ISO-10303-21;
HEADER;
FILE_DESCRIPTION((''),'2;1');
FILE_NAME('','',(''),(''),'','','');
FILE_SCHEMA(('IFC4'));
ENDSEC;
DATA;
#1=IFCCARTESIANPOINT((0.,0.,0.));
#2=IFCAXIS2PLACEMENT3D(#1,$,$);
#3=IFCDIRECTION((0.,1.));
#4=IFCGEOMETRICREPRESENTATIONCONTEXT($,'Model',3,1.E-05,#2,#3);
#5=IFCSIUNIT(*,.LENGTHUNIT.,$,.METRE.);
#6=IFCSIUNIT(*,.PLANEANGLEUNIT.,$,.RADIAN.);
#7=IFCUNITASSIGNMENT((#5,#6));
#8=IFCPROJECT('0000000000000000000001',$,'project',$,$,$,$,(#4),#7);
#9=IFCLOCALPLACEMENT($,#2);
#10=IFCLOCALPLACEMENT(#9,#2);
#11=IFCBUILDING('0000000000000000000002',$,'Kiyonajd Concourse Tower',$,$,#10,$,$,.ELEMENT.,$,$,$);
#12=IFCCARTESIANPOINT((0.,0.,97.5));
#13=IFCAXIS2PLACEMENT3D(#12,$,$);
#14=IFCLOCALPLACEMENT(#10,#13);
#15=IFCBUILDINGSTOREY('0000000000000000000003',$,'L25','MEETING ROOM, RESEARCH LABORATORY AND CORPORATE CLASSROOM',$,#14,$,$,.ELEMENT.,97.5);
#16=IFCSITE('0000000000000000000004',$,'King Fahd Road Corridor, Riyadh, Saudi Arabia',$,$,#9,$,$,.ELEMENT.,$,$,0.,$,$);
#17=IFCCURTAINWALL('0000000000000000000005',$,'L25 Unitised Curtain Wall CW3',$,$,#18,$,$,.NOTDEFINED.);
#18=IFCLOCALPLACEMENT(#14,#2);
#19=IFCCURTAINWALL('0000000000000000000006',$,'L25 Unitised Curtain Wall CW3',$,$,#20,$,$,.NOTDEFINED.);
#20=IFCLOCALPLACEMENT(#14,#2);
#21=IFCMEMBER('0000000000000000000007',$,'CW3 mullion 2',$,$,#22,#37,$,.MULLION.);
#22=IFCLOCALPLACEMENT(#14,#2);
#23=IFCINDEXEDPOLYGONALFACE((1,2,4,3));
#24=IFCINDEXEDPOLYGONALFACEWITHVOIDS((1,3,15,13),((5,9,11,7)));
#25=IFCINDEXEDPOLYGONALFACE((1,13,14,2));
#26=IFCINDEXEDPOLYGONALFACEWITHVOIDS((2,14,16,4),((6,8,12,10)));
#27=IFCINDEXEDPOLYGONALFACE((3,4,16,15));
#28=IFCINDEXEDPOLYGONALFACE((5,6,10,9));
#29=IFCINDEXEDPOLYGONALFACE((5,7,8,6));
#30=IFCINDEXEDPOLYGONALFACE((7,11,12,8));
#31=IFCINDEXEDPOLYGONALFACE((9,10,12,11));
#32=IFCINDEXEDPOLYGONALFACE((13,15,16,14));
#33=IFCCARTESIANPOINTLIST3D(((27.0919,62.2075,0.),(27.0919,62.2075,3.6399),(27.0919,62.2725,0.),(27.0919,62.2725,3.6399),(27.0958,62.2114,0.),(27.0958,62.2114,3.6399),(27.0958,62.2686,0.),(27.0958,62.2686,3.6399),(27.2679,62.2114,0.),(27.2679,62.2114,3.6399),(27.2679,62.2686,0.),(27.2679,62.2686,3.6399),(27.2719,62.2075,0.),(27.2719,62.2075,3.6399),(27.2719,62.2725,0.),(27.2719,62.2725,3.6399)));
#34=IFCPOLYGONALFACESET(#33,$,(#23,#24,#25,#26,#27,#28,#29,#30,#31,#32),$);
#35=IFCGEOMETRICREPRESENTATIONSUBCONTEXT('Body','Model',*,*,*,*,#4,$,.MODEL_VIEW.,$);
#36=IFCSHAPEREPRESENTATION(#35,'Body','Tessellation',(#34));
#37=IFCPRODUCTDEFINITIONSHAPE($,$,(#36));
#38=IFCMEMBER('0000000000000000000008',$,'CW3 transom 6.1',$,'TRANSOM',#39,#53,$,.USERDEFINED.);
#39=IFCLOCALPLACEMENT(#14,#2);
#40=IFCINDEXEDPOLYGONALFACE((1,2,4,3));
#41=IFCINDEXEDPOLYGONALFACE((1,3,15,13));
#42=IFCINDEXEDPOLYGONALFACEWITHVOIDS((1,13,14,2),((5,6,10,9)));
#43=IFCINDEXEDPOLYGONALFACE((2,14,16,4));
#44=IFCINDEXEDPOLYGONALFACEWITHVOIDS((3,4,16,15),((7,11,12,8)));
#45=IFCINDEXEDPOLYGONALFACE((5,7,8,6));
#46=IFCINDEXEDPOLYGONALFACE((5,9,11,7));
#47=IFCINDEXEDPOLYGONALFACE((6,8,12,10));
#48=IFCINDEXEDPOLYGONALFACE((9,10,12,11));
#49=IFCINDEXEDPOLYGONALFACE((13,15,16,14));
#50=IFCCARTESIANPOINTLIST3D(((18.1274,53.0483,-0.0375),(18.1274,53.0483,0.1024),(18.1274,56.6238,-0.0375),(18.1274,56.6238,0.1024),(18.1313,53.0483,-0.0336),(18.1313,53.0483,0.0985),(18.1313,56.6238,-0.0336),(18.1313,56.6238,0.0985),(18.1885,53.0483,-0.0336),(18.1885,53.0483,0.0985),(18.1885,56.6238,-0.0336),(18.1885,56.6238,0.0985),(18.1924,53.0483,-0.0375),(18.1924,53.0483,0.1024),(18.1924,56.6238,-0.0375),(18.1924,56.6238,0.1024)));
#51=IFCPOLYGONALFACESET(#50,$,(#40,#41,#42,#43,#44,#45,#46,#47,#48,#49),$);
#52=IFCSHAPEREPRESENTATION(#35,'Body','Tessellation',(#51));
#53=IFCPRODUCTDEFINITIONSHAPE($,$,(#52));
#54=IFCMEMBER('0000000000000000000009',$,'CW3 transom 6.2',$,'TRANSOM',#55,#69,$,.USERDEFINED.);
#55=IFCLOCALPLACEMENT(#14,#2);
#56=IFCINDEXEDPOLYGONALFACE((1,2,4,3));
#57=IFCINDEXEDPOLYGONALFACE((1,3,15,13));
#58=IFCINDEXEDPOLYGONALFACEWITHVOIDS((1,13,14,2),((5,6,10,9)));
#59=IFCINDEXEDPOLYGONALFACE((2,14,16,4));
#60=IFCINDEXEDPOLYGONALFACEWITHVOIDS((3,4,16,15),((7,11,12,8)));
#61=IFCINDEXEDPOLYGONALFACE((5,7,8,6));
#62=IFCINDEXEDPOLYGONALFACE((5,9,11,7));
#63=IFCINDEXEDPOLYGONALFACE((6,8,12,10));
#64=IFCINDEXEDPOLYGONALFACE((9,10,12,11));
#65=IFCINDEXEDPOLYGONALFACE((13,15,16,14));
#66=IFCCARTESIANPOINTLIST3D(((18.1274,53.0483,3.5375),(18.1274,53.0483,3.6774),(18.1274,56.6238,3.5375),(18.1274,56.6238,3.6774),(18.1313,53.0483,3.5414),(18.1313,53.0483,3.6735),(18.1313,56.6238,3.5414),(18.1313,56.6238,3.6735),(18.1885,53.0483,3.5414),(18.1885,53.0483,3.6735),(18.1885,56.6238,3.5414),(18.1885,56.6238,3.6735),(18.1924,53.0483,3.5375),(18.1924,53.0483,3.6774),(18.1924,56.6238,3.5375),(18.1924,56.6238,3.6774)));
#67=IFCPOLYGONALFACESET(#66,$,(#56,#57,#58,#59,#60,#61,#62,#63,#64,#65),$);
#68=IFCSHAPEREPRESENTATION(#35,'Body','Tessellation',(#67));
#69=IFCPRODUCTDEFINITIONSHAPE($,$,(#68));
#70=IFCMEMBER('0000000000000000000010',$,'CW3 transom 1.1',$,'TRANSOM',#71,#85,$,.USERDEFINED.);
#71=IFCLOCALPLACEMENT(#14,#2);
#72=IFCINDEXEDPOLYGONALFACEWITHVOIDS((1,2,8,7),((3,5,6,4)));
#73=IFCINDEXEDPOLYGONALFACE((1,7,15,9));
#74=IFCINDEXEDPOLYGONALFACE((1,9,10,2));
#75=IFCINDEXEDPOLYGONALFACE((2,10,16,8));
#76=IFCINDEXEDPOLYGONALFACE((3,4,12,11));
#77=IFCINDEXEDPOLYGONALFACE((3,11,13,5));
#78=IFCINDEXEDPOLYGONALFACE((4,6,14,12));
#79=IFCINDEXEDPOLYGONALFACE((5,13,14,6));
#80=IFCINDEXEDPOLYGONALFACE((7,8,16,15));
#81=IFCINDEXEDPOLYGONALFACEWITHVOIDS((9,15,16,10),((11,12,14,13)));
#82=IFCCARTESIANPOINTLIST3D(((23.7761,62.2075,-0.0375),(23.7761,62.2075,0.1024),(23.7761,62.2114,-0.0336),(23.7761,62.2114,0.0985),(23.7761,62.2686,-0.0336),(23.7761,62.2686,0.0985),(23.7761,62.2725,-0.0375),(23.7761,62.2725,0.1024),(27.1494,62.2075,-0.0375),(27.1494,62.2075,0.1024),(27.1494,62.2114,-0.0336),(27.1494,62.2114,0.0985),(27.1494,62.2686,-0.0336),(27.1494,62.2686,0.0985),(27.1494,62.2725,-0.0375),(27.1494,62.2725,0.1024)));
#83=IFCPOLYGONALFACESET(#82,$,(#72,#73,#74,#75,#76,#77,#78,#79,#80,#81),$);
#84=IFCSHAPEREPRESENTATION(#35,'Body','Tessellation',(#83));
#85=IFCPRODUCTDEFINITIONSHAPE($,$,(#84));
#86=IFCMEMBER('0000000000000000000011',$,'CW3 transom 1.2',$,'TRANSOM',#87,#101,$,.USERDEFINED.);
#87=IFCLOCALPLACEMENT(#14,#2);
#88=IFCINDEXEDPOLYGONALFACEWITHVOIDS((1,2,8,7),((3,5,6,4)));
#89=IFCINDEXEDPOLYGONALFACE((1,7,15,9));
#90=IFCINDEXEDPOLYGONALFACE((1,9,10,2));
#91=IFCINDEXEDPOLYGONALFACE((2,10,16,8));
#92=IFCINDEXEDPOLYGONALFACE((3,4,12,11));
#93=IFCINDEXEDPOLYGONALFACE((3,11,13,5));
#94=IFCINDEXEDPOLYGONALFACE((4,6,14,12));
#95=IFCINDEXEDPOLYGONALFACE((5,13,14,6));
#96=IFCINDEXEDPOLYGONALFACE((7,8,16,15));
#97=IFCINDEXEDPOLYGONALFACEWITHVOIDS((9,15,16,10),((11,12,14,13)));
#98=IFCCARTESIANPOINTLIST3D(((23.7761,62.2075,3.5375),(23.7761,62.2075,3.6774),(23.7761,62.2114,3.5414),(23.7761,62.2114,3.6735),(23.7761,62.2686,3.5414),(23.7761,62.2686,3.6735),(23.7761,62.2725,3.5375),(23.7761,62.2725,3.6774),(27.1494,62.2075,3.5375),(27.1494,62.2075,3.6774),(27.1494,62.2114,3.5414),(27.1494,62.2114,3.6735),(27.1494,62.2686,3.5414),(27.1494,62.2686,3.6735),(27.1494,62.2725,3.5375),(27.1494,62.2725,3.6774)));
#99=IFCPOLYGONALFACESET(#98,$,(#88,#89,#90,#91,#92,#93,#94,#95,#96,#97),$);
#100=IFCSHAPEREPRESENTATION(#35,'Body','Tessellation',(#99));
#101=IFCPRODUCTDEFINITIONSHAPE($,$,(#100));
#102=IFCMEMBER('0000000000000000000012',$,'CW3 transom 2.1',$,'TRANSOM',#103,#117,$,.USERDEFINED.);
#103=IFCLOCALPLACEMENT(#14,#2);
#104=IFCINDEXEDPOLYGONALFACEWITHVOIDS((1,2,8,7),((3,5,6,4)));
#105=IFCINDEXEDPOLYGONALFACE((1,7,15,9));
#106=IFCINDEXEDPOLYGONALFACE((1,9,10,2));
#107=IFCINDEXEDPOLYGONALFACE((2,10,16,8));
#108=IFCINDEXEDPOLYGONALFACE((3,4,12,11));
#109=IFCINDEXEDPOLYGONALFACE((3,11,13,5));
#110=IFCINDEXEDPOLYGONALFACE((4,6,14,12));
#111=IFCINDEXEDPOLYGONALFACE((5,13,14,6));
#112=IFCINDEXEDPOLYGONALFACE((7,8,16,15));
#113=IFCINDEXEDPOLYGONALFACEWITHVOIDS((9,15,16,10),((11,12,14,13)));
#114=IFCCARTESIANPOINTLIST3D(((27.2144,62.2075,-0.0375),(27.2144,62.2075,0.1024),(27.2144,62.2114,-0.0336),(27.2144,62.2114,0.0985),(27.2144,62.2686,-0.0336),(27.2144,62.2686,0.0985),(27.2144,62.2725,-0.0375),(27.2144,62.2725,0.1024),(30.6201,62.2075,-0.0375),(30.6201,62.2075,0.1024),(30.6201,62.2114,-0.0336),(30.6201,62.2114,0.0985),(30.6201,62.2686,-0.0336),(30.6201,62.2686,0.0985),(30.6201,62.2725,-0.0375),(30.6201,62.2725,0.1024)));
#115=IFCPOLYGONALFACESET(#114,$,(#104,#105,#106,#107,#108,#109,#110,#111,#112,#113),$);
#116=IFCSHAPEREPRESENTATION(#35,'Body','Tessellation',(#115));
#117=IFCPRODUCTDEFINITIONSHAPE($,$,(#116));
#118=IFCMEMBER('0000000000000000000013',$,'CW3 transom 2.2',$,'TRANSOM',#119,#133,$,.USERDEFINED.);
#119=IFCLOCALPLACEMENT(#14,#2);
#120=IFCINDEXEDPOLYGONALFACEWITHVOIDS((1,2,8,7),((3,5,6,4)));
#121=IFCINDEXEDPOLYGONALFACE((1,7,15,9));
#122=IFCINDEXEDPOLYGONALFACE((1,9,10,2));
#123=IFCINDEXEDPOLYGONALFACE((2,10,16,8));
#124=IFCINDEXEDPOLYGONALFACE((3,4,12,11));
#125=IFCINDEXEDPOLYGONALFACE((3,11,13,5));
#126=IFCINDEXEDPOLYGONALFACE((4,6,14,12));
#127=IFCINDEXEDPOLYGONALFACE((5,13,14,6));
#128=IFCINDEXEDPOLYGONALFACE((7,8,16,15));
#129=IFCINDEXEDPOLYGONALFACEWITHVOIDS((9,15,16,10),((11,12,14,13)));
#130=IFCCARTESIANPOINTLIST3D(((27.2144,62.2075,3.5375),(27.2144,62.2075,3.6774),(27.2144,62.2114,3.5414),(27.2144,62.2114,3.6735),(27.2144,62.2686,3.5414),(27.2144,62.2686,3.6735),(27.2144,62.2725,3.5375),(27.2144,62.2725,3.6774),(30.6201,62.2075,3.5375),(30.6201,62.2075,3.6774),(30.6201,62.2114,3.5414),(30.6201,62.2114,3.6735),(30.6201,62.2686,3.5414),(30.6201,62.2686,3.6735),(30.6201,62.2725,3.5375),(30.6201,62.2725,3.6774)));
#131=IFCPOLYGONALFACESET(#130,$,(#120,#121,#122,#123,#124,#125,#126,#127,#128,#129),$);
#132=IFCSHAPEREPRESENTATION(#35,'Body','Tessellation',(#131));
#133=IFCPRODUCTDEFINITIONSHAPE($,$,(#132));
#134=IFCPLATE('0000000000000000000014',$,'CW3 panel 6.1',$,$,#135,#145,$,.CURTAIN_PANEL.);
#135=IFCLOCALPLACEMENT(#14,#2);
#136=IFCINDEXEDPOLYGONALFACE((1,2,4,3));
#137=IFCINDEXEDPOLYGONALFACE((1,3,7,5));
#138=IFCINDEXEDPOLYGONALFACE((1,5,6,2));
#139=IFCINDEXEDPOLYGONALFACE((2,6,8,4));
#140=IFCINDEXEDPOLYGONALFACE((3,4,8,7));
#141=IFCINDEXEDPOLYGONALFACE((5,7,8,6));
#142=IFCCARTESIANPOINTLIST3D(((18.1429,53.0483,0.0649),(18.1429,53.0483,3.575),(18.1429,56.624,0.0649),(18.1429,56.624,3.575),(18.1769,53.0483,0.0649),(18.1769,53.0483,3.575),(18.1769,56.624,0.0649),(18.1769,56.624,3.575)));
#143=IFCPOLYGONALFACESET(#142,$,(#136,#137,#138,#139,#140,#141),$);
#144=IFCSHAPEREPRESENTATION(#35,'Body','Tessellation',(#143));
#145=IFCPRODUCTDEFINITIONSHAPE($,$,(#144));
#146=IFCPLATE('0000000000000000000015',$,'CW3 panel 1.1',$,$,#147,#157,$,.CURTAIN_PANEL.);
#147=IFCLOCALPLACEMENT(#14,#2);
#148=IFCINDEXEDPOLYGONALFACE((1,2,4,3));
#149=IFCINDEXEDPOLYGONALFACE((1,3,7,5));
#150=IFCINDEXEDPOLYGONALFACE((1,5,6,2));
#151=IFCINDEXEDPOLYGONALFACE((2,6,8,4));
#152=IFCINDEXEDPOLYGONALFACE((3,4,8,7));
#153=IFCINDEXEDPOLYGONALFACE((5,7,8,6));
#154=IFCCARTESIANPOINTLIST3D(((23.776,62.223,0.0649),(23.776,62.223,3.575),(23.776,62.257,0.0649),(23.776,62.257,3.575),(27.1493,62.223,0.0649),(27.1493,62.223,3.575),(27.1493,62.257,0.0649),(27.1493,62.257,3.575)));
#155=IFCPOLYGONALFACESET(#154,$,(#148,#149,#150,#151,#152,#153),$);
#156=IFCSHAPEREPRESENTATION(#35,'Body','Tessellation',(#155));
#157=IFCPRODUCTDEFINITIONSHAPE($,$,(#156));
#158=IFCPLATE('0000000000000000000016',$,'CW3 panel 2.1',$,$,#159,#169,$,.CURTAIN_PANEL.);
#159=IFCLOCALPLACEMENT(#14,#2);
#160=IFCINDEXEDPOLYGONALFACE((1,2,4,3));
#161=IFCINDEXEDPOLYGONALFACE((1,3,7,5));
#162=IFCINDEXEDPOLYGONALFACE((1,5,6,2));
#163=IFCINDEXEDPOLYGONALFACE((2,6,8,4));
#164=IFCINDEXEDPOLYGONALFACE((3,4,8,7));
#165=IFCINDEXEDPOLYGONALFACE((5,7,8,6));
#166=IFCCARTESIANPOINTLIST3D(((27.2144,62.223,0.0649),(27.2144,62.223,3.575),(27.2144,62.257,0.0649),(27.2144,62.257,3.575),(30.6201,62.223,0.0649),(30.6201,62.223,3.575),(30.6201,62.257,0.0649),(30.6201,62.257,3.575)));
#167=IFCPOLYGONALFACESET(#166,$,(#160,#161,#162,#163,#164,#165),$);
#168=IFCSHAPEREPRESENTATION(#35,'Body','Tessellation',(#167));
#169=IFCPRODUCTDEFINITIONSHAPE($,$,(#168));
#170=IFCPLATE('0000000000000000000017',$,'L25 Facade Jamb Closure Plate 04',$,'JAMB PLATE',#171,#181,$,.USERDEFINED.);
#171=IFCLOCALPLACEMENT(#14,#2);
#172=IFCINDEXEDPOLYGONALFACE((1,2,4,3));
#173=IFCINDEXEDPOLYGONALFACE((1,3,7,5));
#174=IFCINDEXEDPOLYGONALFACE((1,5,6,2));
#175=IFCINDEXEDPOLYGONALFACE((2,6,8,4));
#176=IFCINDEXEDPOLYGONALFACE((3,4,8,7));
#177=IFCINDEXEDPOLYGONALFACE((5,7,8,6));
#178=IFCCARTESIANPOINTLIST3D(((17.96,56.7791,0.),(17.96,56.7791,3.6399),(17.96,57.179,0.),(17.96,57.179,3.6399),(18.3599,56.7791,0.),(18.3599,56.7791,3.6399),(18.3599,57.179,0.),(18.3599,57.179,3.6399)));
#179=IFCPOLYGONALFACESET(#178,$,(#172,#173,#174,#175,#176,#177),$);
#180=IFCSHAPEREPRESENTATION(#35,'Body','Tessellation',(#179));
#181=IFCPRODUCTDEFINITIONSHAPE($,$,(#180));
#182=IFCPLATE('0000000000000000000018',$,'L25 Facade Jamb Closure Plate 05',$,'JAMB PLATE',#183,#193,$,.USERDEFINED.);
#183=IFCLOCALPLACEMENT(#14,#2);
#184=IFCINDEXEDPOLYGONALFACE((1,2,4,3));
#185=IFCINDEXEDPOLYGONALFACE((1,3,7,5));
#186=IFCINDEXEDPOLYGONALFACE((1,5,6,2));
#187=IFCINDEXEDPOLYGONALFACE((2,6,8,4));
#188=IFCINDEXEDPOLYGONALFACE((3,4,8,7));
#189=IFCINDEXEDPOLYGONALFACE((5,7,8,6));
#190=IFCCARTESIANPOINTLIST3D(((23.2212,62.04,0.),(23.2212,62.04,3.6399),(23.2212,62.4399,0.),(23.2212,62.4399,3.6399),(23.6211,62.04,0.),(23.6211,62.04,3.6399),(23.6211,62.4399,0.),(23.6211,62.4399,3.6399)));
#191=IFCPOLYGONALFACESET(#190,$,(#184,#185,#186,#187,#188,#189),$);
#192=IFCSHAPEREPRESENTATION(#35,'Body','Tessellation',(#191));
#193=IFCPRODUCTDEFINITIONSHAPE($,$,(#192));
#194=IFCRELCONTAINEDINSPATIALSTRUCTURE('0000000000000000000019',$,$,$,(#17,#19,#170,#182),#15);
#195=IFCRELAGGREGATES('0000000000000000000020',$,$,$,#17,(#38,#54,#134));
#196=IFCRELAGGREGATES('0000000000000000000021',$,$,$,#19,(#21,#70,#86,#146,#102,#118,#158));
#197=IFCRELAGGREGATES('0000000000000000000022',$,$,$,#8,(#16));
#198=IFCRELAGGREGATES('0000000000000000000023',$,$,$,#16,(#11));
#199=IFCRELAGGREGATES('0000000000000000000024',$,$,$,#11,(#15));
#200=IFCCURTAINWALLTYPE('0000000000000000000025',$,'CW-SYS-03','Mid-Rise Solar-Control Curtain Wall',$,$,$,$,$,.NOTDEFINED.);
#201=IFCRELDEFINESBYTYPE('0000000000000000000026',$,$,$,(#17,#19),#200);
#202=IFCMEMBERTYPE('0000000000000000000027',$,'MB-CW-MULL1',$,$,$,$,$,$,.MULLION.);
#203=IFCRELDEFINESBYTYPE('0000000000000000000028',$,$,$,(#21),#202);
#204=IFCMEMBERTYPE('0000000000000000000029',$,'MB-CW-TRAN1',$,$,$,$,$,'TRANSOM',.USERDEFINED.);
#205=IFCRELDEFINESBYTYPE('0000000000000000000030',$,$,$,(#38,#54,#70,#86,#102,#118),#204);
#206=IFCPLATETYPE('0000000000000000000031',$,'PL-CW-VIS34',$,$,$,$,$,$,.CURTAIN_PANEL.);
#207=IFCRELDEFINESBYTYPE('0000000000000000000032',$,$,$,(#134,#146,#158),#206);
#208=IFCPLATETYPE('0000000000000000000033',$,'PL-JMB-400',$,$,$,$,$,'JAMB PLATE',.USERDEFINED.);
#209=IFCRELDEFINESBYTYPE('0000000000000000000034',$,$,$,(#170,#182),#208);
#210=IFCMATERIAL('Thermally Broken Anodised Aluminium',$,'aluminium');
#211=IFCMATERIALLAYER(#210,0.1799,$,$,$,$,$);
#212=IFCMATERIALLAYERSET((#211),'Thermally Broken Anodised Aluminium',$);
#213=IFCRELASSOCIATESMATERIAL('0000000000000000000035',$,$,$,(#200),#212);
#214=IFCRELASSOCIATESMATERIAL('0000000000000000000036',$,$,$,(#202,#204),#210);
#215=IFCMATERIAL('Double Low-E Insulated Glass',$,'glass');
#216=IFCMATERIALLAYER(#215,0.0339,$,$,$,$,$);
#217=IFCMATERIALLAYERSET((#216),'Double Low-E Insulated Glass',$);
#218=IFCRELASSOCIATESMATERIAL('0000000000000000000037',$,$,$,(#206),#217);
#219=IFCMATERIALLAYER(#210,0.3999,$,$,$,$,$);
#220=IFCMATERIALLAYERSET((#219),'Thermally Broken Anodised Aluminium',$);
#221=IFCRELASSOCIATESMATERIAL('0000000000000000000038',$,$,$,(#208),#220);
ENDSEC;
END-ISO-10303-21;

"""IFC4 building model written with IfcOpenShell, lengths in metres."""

from ifc_helpers import new_model, si_unit, direction, frame, origin, origin_2d, place, context, subcontext, project, spatial, rectangle, hollow_rectangle, extrude, material, layer, layer_set, material_profile, profile_set, type_object, element, aggregate, save


model = new_model("IFC4")

# Units and contexts
model_context = context("Model", 3, precision=1e-05, world=origin(), true_north=direction((0.0, 1.0)))
body_context = subcontext(model_context, "Body", "Model", "MODEL_VIEW")
ifc_project = project(units=[si_unit("LENGTHUNIT", "METRE"), si_unit("PLANEANGLEUNIT", "RADIAN")], contexts=[model_context])

# Site, building, storey
site_placement = place(None, origin())
site = spatial("IfcSite", under=ifc_project, at=site_placement, Name="King Fahd Road Corridor, Riyadh, Saudi Arabia", CompositionType="ELEMENT", RefElevation=0.0)
building_placement = place(site_placement, origin())
building = spatial("IfcBuilding", under=site, at=building_placement, Name="Kiyonajd Concourse Tower", CompositionType="ELEMENT")
storey_placement = place(building_placement, frame((0.0, 0.0, 97.5)))
storey = spatial("IfcBuildingStorey", under=building, at=storey_placement, Name="L25", Description="MEETING ROOM, RESEARCH LABORATORY AND CORPORATE CLASSROOM", CompositionType="ELEMENT", Elevation=97.5)

# Curtain walls, member
ifc_material_1 = material(Name="Thermally Broken Anodised Aluminium", Category="aluminium")
ifc_layer_1 = layer(ifc_material_1, 0.1799)
ifc_layer_set_1 = layer_set([ifc_layer_1], Name="Thermally Broken Anodised Aluminium")
curtain_wall_type = type_object("IfcCurtainWallType", Name="CW-SYS-03", Description="Mid-Rise Solar-Control Curtain Wall", PredefinedType="NOTDEFINED", material=ifc_layer_set_1)
curtain_wall_1_placement = place(storey_placement, origin())
curtain_wall_1 = element("IfcCurtainWall", 1, at=curtain_wall_1_placement, inside=storey, type_object=curtain_wall_type, Name="L25 Unitised Curtain Wall CW3", PredefinedType="NOTDEFINED")
ifc_material_profile_1 = material_profile(ifc_material_1, hollow_rectangle(XDim=0.0649, YDim=0.1799, WallThickness=0.0039, at=origin_2d()), Name="MULL-65x180")
ifc_profile_set_1 = profile_set([ifc_material_profile_1], Name="Thermally Broken Anodised Aluminium")
member_type_1 = type_object("IfcMemberType", Name="MB-CW-MULL1", PredefinedType="MULLION", material=ifc_profile_set_1)
curtain_wall_2_placement = place(storey_placement, origin())
curtain_wall_2 = element("IfcCurtainWall", 2, at=curtain_wall_2_placement, inside=storey, type_object=curtain_wall_type, Name="L25 Unitised Curtain Wall CW3", PredefinedType="NOTDEFINED")
member_1_placement = place(storey_placement, frame((27.1819, 62.24, 0.0), z_axis=(0.0, 0.0, 1.0), x_axis=(0.0, 1.0, 0.0)))
member_1 = element("IfcMember", 3, at=member_1_placement, type_object=member_type_1, Name="CW3 mullion 2", PredefinedType="MULLION", context=body_context, shape_type="SweptSolid", body=[
    extrude(hollow_rectangle(XDim=0.0649, YDim=0.1799, WallThickness=0.0039, at=origin_2d()), origin(), (0.0, 0.0, 1.0), 3.6399),
])

# Members
ifc_material_profile_2 = material_profile(ifc_material_1, hollow_rectangle(XDim=0.0649, YDim=0.1399, WallThickness=0.0039, at=origin_2d()), Name="TRAN-65x140")
ifc_profile_set_2 = profile_set([ifc_material_profile_2], Name="Thermally Broken Anodised Aluminium")
member_type_2 = type_object("IfcMemberType", Name="MB-CW-TRAN1", ElementType="TRANSOM", PredefinedType="USERDEFINED", material=ifc_profile_set_2)
member_2_placement = place(storey_placement, frame((18.1599, 53.0483, 0.0325), z_axis=(0.0, 1.0, 0.0), x_axis=(-1.0, 0.0, 0.0)))
member_2 = element("IfcMember", 4, at=member_2_placement, type_object=member_type_2, Name="CW3 transom 6.1", ObjectType="TRANSOM", PredefinedType="USERDEFINED", context=body_context, shape_type="SweptSolid", body=[
    extrude(hollow_rectangle(XDim=0.0649, YDim=0.1399, WallThickness=0.0039, at=origin_2d()), origin(), (0.0, 0.0, 1.0), 3.5754),
])
member_3_placement = place(storey_placement, frame((18.1599, 53.0483, 3.6074), z_axis=(0.0, 1.0, 0.0), x_axis=(-1.0, 0.0, 0.0)))
member_3 = element("IfcMember", 5, at=member_3_placement, type_object=member_type_2, Name="CW3 transom 6.2", ObjectType="TRANSOM", PredefinedType="USERDEFINED", context=body_context, shape_type="SweptSolid", body=[
    extrude(hollow_rectangle(XDim=0.0649, YDim=0.1399, WallThickness=0.0039, at=origin_2d()), origin(), (0.0, 0.0, 1.0), 3.5754),
])
member_4_placement = place(storey_placement, frame((23.7761, 62.24, 0.0325), z_axis=(1.0, 0.0, 0.0), x_axis=(0.0, 1.0, 0.0)))
member_4 = element("IfcMember", 6, at=member_4_placement, type_object=member_type_2, Name="CW3 transom 1.1", ObjectType="TRANSOM", PredefinedType="USERDEFINED", context=body_context, shape_type="SweptSolid", body=[
    extrude(hollow_rectangle(XDim=0.0649, YDim=0.1399, WallThickness=0.0039, at=origin_2d()), origin(), (0.0, 0.0, 1.0), 3.3733),
])
member_5_placement = place(storey_placement, frame((23.7761, 62.24, 3.6074), z_axis=(1.0, 0.0, 0.0), x_axis=(0.0, 1.0, 0.0)))
member_5 = element("IfcMember", 7, at=member_5_placement, type_object=member_type_2, Name="CW3 transom 1.2", ObjectType="TRANSOM", PredefinedType="USERDEFINED", context=body_context, shape_type="SweptSolid", body=[
    extrude(hollow_rectangle(XDim=0.0649, YDim=0.1399, WallThickness=0.0039, at=origin_2d()), origin(), (0.0, 0.0, 1.0), 3.3733),
])
member_6_placement = place(storey_placement, frame((27.2144, 62.24, 0.0325), z_axis=(1.0, 0.0, 0.0), x_axis=(0.0, 1.0, 0.0)))
member_6 = element("IfcMember", 8, at=member_6_placement, type_object=member_type_2, Name="CW3 transom 2.1", ObjectType="TRANSOM", PredefinedType="USERDEFINED", context=body_context, shape_type="SweptSolid", body=[
    extrude(hollow_rectangle(XDim=0.0649, YDim=0.1399, WallThickness=0.0039, at=origin_2d()), origin(), (0.0, 0.0, 1.0), 3.4058),
])
member_7_placement = place(storey_placement, frame((27.2144, 62.24, 3.6074), z_axis=(1.0, 0.0, 0.0), x_axis=(0.0, 1.0, 0.0)))
member_7 = element("IfcMember", 9, at=member_7_placement, type_object=member_type_2, Name="CW3 transom 2.2", ObjectType="TRANSOM", PredefinedType="USERDEFINED", context=body_context, shape_type="SweptSolid", body=[
    extrude(hollow_rectangle(XDim=0.0649, YDim=0.1399, WallThickness=0.0039, at=origin_2d()), origin(), (0.0, 0.0, 1.0), 3.4058),
])

# Plates
ifc_material_2 = material(Name="Double Low-E Insulated Glass", Category="glass")
ifc_layer_2 = layer(ifc_material_2, 0.0339)
ifc_layer_set_2 = layer_set([ifc_layer_2], Name="Double Low-E Insulated Glass")
plate_type_1 = type_object("IfcPlateType", Name="PL-CW-VIS34", PredefinedType="CURTAIN_PANEL", material=ifc_layer_set_2)
plate_1_placement = place(storey_placement, frame((18.1599, 54.8362, 0.0649), z_axis=(0.0, 0.0, 1.0), x_axis=(0.0, 1.0, 0.0)))
plate_1 = element("IfcPlate", 10, at=plate_1_placement, type_object=plate_type_1, Name="CW3 panel 6.1", PredefinedType="CURTAIN_PANEL", context=body_context, shape_type="SweptSolid", body=[
    extrude(rectangle(XDim=3.5757, YDim=0.0339, at=origin_2d()), origin(), (0.0, 0.0, 1.0), 3.51),
])
aggregate(curtain_wall_1, [member_2, member_3, plate_1])
plate_2_placement = place(storey_placement, frame((25.4626, 62.24, 0.0649), z_axis=(0.0, 0.0, 1.0), x_axis=(1.0, 0.0, 0.0)))
plate_2 = element("IfcPlate", 11, at=plate_2_placement, type_object=plate_type_1, Name="CW3 panel 1.1", PredefinedType="CURTAIN_PANEL", context=body_context, shape_type="SweptSolid", body=[
    extrude(rectangle(XDim=3.3733, YDim=0.0339, at=origin_2d()), origin(), (0.0, 0.0, 1.0), 3.51),
])
plate_3_placement = place(storey_placement, frame((28.9172, 62.24, 0.0649), z_axis=(0.0, 0.0, 1.0), x_axis=(1.0, 0.0, 0.0)))
plate_3 = element("IfcPlate", 12, at=plate_3_placement, type_object=plate_type_1, Name="CW3 panel 2.1", PredefinedType="CURTAIN_PANEL", context=body_context, shape_type="SweptSolid", body=[
    extrude(rectangle(XDim=3.4058, YDim=0.0339, at=origin_2d()), origin(), (0.0, 0.0, 1.0), 3.51),
])
aggregate(curtain_wall_2, [member_1, member_4, member_5, plate_2, member_6, member_7, plate_3])

# Plates
ifc_layer_3 = layer(ifc_material_1, 0.3999)
ifc_layer_set_3 = layer_set([ifc_layer_3], Name="Thermally Broken Anodised Aluminium")
plate_type_2 = type_object("IfcPlateType", Name="PL-JMB-400", ElementType="JAMB PLATE", PredefinedType="USERDEFINED", material=ifc_layer_set_3)
for number, where, z_axis, x_axis, name in (
    (13, (18.1599, 56.979, 0.0), (0.0, 0.0, 1.0), (1.0, 0.0, 0.0), "L25 Facade Jamb Closure Plate 04"),
    (14, (23.4211, 62.24, 0.0), (0.0, 0.0, 1.0), (1.0, 0.0, 0.0), "L25 Facade Jamb Closure Plate 05"),
):
    element("IfcPlate", number, at=place(storey_placement, frame(where, z_axis=z_axis, x_axis=x_axis)), inside=storey, type_object=plate_type_2, Name=name, ObjectType="JAMB PLATE", PredefinedType="USERDEFINED", context=body_context, shape_type="SweptSolid", body=[
        extrude(rectangle(XDim=0.3999, YDim=0.3999, at=origin_2d()), origin(), (0.0, 0.0, 1.0), 3.6399),
    ])

save(model, "model.ifc")
